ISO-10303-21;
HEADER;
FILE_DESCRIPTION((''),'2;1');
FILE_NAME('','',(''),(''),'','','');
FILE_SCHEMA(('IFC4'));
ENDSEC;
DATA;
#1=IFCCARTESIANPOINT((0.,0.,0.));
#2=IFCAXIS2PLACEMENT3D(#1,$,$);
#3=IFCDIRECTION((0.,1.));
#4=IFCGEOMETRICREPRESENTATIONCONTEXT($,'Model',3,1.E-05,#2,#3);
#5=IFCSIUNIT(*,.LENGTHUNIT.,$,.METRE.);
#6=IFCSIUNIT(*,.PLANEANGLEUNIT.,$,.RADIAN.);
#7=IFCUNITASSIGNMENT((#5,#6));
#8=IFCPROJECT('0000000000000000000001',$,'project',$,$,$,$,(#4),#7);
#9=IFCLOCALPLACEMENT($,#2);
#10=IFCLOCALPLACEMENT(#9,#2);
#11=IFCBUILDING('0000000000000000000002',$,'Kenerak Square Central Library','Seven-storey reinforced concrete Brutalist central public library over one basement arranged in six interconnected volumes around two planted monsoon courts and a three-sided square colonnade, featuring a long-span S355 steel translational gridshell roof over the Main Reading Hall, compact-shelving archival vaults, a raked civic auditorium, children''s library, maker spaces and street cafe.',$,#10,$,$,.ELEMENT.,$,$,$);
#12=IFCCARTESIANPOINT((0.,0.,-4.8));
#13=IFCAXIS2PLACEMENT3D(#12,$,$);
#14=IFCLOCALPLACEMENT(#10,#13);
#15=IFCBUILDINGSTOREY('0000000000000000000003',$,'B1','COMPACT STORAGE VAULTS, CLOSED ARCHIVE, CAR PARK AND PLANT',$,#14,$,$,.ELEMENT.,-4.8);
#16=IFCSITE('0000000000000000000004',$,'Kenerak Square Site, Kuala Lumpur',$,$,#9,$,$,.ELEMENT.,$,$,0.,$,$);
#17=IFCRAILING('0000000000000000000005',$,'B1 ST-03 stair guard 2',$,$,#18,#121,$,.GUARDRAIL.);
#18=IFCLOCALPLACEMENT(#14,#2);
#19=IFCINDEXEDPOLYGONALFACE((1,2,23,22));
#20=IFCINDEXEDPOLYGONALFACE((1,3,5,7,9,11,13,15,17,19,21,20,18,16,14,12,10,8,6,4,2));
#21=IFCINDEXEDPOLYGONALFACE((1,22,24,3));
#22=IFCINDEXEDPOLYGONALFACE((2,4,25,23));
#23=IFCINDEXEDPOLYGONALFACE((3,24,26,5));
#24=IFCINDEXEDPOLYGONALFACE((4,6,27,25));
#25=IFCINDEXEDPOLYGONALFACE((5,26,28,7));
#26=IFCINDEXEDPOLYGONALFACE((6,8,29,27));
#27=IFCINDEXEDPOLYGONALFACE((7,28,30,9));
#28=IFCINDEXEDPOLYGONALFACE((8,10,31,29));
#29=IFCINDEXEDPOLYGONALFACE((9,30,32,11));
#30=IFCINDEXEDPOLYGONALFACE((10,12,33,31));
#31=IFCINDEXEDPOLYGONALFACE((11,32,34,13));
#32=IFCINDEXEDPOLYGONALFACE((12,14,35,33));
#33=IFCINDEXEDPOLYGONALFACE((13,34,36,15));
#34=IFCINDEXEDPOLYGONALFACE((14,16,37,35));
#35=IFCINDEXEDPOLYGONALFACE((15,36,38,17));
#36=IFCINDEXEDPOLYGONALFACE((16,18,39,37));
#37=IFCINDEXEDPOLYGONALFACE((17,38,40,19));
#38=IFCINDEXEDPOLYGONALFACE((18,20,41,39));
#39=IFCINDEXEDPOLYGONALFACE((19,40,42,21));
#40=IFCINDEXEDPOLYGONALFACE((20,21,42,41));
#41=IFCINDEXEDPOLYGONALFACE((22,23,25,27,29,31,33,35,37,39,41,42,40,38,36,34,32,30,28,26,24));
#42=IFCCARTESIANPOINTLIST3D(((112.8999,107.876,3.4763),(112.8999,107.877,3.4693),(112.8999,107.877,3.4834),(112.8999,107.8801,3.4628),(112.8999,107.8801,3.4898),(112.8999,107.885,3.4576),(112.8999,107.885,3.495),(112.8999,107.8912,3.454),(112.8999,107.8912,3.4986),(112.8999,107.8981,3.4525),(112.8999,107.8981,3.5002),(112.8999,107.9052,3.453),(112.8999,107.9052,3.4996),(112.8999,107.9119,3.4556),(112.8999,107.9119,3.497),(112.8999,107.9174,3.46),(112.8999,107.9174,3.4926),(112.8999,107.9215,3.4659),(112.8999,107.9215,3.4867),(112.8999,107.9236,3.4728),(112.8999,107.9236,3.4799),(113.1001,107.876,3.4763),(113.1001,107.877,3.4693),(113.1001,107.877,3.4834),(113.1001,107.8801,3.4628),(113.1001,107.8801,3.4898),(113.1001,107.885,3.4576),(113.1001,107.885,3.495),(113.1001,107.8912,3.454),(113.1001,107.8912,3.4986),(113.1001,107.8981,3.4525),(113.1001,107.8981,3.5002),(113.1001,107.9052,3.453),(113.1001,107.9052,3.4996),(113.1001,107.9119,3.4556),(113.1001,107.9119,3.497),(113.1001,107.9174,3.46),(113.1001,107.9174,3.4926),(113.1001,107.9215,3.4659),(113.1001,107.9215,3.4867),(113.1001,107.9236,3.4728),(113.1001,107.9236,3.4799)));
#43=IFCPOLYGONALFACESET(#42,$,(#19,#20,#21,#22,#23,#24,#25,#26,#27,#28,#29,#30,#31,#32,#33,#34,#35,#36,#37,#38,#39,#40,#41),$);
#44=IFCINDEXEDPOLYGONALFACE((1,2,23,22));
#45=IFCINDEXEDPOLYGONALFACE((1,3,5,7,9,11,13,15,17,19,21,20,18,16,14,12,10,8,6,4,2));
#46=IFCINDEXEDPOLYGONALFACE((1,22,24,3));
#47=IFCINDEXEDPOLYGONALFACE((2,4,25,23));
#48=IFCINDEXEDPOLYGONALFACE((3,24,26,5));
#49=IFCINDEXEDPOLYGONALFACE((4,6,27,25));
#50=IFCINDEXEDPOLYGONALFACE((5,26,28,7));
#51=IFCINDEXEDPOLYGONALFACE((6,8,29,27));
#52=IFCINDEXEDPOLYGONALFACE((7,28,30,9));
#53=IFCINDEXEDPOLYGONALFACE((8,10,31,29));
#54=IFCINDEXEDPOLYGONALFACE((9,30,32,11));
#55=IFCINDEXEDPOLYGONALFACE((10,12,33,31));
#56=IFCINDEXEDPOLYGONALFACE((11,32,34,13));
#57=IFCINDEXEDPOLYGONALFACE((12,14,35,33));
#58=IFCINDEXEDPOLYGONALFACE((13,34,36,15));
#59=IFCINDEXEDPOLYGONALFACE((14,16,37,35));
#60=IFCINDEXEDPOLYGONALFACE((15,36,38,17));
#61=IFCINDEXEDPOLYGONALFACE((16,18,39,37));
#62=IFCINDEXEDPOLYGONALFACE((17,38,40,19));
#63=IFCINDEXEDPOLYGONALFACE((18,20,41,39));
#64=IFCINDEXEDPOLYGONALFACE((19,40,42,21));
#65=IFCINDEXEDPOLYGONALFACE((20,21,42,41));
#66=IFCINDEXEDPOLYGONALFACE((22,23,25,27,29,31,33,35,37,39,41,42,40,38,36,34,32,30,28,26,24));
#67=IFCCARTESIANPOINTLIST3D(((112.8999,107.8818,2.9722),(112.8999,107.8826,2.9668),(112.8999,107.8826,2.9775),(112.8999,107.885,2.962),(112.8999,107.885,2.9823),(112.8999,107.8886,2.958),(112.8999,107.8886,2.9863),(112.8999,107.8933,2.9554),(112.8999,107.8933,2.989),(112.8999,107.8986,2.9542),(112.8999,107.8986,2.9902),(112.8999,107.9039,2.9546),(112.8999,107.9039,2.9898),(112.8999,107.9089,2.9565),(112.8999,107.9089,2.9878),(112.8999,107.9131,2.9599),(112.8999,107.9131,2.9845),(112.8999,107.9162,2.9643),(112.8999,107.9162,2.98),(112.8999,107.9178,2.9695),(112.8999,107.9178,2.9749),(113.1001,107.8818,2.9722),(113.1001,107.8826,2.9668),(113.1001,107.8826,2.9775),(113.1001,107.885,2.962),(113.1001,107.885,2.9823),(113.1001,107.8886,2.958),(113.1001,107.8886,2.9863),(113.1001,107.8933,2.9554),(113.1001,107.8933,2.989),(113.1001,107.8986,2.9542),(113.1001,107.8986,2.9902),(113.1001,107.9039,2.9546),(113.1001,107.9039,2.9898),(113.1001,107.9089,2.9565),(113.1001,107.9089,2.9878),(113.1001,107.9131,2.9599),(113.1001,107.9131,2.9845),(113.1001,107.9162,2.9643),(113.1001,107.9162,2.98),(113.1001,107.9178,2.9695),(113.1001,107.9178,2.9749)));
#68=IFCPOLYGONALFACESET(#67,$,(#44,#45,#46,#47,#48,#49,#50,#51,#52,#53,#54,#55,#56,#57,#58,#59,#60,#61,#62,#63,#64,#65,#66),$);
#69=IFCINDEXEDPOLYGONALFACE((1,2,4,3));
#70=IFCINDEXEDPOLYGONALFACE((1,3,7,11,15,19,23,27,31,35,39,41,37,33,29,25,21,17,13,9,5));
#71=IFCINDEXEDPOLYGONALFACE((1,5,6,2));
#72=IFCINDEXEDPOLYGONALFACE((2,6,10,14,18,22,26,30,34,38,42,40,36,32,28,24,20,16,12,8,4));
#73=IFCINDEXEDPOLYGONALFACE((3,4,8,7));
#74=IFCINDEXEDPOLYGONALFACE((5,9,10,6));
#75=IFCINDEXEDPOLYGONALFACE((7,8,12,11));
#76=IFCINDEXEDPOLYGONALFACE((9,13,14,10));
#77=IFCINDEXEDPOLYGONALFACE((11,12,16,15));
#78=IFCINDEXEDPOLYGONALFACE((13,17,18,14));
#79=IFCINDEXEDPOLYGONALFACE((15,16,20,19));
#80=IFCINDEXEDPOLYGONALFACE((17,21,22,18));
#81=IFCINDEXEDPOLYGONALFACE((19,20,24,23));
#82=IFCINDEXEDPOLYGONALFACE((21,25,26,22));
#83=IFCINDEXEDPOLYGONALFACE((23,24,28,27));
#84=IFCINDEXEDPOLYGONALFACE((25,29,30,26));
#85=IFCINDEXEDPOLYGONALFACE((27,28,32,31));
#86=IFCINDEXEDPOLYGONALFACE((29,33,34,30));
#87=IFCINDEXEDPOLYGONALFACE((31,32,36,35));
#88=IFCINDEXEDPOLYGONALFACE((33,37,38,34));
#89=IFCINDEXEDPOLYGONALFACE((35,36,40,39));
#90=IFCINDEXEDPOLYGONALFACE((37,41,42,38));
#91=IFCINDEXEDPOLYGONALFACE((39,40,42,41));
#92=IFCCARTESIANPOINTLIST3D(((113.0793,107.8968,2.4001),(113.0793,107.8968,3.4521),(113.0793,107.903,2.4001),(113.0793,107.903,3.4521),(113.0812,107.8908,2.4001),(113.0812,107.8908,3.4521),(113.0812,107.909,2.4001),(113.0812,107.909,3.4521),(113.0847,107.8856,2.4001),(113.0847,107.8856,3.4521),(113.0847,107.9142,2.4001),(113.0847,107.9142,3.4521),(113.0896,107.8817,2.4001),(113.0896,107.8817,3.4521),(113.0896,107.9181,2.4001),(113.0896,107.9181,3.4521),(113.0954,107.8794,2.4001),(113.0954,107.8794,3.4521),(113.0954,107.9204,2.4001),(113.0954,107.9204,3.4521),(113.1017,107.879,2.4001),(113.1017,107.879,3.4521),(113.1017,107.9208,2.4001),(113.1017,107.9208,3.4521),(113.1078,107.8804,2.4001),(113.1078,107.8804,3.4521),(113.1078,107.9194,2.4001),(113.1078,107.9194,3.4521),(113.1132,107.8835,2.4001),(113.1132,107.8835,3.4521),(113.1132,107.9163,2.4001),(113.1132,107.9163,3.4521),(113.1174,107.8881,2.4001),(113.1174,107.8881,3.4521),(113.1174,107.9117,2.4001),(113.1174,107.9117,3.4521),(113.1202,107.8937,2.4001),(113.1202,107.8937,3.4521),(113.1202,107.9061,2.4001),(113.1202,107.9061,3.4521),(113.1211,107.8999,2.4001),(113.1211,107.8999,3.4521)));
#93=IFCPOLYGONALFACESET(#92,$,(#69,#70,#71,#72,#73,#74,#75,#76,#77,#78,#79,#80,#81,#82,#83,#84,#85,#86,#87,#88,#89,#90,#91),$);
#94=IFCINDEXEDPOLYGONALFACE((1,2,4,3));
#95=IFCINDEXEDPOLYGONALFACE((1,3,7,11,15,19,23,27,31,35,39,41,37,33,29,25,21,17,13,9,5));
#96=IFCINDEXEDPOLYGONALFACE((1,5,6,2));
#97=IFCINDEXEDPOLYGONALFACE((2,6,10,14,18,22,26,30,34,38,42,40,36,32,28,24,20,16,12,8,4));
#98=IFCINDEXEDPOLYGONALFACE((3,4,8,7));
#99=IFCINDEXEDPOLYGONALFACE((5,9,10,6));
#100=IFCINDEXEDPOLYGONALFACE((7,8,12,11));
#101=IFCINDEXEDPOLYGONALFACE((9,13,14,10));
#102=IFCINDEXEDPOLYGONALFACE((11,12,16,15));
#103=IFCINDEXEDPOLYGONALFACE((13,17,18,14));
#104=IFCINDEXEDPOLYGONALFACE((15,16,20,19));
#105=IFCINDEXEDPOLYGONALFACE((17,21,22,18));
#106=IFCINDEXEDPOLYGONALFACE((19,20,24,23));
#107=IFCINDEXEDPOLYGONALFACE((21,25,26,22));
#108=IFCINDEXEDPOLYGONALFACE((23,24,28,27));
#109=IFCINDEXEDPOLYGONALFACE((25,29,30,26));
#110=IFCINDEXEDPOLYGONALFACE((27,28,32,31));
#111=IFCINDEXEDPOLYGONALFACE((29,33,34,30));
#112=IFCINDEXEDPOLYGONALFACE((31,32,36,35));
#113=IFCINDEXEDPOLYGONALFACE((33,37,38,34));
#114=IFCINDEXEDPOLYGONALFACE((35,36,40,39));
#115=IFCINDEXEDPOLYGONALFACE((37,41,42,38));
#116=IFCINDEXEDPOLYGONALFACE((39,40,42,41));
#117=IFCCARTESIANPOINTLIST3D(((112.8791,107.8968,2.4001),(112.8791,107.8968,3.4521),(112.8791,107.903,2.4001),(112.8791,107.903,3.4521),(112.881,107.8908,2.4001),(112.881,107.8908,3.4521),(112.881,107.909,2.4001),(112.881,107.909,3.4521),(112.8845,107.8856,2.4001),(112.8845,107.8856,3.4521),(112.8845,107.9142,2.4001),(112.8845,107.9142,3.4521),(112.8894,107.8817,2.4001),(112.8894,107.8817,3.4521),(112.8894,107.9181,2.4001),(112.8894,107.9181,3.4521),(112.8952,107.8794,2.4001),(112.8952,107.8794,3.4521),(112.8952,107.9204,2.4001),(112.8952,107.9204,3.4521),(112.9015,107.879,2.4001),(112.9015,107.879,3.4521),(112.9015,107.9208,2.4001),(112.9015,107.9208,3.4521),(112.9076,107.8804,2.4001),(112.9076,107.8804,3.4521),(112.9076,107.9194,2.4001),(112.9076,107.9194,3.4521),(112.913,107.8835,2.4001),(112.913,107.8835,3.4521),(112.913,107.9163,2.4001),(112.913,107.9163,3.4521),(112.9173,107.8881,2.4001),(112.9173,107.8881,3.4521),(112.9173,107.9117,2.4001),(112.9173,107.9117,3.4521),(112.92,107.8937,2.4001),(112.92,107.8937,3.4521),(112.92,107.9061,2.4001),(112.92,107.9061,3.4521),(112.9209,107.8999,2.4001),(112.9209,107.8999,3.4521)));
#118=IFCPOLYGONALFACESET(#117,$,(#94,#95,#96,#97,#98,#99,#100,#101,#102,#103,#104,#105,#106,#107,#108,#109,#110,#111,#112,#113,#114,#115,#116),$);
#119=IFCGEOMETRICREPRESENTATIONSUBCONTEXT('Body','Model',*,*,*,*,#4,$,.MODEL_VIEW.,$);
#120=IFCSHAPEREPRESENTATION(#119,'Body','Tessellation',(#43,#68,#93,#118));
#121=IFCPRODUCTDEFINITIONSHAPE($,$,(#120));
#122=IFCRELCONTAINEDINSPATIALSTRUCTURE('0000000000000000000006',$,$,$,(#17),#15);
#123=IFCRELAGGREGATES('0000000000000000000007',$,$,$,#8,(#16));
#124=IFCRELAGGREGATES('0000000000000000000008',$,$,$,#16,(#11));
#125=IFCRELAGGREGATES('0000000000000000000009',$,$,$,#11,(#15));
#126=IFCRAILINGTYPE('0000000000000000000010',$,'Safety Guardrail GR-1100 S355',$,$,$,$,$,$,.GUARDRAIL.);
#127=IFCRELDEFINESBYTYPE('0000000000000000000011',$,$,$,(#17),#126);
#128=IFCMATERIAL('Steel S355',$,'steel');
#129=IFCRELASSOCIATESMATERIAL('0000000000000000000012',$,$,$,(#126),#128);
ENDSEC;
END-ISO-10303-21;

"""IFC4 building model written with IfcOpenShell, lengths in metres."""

from ifc_helpers import new_model, si_unit, direction, frame, origin, origin_2d, place, context, subcontext, project, spatial, circle, extrude, material, type_object, element, save


model = new_model("IFC4")

# Units and contexts
model_context = context("Model", 3, precision=1e-05, world=origin(), true_north=direction((0.0, 1.0)))
body_context = subcontext(model_context, "Body", "Model", "MODEL_VIEW")
ifc_project = project(units=[si_unit("LENGTHUNIT", "METRE"), si_unit("PLANEANGLEUNIT", "RADIAN")], contexts=[model_context])

# Site, building, storey
site_placement = place(None, origin())
site = spatial("IfcSite", under=ifc_project, at=site_placement, Name="Kenerak Square Site, Kuala Lumpur", CompositionType="ELEMENT", RefElevation=0.0)
building_placement = place(site_placement, origin())
building = spatial("IfcBuilding", under=site, at=building_placement, Name="Kenerak Square Central Library", Description="Seven-storey reinforced concrete Brutalist central public library over one basement arranged in six interconnected volumes around two planted monsoon courts and a three-sided square colonnade, featuring a long-span S355 steel translational gridshell roof over the Main Reading Hall, compact-shelving archival vaults, a raked civic auditorium, children's library, maker spaces and street cafe.", CompositionType="ELEMENT")
storey_placement = place(building_placement, frame((0.0, 0.0, -4.8)))
storey = spatial("IfcBuildingStorey", under=building, at=storey_placement, Name="B1", Description="COMPACT STORAGE VAULTS, CLOSED ARCHIVE, CAR PARK AND PLANT", CompositionType="ELEMENT", Elevation=-4.8)

# Railing
ifc_material_1 = material(Name="Steel S355", Category="steel")
railing_type_1 = type_object("IfcRailingType", Name="Safety Guardrail GR-1100 S355", PredefinedType="GUARDRAIL", material=ifc_material_1)
railing_1_placement = place(storey_placement, frame((113.1001, 107.8999, 2.4001)))
element("IfcRailing", 1, at=railing_1_placement, inside=storey, type_object=railing_type_1, Name="B1 ST-03 stair guard 2", PredefinedType="GUARDRAIL", context=body_context, shape_type="SweptSolid", body=[
    extrude(circle(Radius=0.0239, at=origin_2d()), frame((0.0, 0.0, 1.0762), z_axis=(-1.0, 0.0, 0.0), x_axis=(0.0, -1.0, 0.0)), (0.0, 0.0, 1.0), 0.2002),
    extrude(circle(Radius=0.0181, at=origin_2d()), frame((0.0, 0.0, 0.572), z_axis=(-1.0, 0.0, 0.0), x_axis=(0.0, -1.0, 0.0)), (0.0, 0.0, 1.0), 0.2002),
    extrude(circle(Radius=0.021, at=origin_2d()), origin(), (0.0, 0.0, 1.0), 1.052),
    extrude(circle(Radius=0.021, at=origin_2d()), frame((-0.2002, 0.0, 0.0)), (0.0, 0.0, 1.0), 1.052),
])

save(model, "model.ifc")
